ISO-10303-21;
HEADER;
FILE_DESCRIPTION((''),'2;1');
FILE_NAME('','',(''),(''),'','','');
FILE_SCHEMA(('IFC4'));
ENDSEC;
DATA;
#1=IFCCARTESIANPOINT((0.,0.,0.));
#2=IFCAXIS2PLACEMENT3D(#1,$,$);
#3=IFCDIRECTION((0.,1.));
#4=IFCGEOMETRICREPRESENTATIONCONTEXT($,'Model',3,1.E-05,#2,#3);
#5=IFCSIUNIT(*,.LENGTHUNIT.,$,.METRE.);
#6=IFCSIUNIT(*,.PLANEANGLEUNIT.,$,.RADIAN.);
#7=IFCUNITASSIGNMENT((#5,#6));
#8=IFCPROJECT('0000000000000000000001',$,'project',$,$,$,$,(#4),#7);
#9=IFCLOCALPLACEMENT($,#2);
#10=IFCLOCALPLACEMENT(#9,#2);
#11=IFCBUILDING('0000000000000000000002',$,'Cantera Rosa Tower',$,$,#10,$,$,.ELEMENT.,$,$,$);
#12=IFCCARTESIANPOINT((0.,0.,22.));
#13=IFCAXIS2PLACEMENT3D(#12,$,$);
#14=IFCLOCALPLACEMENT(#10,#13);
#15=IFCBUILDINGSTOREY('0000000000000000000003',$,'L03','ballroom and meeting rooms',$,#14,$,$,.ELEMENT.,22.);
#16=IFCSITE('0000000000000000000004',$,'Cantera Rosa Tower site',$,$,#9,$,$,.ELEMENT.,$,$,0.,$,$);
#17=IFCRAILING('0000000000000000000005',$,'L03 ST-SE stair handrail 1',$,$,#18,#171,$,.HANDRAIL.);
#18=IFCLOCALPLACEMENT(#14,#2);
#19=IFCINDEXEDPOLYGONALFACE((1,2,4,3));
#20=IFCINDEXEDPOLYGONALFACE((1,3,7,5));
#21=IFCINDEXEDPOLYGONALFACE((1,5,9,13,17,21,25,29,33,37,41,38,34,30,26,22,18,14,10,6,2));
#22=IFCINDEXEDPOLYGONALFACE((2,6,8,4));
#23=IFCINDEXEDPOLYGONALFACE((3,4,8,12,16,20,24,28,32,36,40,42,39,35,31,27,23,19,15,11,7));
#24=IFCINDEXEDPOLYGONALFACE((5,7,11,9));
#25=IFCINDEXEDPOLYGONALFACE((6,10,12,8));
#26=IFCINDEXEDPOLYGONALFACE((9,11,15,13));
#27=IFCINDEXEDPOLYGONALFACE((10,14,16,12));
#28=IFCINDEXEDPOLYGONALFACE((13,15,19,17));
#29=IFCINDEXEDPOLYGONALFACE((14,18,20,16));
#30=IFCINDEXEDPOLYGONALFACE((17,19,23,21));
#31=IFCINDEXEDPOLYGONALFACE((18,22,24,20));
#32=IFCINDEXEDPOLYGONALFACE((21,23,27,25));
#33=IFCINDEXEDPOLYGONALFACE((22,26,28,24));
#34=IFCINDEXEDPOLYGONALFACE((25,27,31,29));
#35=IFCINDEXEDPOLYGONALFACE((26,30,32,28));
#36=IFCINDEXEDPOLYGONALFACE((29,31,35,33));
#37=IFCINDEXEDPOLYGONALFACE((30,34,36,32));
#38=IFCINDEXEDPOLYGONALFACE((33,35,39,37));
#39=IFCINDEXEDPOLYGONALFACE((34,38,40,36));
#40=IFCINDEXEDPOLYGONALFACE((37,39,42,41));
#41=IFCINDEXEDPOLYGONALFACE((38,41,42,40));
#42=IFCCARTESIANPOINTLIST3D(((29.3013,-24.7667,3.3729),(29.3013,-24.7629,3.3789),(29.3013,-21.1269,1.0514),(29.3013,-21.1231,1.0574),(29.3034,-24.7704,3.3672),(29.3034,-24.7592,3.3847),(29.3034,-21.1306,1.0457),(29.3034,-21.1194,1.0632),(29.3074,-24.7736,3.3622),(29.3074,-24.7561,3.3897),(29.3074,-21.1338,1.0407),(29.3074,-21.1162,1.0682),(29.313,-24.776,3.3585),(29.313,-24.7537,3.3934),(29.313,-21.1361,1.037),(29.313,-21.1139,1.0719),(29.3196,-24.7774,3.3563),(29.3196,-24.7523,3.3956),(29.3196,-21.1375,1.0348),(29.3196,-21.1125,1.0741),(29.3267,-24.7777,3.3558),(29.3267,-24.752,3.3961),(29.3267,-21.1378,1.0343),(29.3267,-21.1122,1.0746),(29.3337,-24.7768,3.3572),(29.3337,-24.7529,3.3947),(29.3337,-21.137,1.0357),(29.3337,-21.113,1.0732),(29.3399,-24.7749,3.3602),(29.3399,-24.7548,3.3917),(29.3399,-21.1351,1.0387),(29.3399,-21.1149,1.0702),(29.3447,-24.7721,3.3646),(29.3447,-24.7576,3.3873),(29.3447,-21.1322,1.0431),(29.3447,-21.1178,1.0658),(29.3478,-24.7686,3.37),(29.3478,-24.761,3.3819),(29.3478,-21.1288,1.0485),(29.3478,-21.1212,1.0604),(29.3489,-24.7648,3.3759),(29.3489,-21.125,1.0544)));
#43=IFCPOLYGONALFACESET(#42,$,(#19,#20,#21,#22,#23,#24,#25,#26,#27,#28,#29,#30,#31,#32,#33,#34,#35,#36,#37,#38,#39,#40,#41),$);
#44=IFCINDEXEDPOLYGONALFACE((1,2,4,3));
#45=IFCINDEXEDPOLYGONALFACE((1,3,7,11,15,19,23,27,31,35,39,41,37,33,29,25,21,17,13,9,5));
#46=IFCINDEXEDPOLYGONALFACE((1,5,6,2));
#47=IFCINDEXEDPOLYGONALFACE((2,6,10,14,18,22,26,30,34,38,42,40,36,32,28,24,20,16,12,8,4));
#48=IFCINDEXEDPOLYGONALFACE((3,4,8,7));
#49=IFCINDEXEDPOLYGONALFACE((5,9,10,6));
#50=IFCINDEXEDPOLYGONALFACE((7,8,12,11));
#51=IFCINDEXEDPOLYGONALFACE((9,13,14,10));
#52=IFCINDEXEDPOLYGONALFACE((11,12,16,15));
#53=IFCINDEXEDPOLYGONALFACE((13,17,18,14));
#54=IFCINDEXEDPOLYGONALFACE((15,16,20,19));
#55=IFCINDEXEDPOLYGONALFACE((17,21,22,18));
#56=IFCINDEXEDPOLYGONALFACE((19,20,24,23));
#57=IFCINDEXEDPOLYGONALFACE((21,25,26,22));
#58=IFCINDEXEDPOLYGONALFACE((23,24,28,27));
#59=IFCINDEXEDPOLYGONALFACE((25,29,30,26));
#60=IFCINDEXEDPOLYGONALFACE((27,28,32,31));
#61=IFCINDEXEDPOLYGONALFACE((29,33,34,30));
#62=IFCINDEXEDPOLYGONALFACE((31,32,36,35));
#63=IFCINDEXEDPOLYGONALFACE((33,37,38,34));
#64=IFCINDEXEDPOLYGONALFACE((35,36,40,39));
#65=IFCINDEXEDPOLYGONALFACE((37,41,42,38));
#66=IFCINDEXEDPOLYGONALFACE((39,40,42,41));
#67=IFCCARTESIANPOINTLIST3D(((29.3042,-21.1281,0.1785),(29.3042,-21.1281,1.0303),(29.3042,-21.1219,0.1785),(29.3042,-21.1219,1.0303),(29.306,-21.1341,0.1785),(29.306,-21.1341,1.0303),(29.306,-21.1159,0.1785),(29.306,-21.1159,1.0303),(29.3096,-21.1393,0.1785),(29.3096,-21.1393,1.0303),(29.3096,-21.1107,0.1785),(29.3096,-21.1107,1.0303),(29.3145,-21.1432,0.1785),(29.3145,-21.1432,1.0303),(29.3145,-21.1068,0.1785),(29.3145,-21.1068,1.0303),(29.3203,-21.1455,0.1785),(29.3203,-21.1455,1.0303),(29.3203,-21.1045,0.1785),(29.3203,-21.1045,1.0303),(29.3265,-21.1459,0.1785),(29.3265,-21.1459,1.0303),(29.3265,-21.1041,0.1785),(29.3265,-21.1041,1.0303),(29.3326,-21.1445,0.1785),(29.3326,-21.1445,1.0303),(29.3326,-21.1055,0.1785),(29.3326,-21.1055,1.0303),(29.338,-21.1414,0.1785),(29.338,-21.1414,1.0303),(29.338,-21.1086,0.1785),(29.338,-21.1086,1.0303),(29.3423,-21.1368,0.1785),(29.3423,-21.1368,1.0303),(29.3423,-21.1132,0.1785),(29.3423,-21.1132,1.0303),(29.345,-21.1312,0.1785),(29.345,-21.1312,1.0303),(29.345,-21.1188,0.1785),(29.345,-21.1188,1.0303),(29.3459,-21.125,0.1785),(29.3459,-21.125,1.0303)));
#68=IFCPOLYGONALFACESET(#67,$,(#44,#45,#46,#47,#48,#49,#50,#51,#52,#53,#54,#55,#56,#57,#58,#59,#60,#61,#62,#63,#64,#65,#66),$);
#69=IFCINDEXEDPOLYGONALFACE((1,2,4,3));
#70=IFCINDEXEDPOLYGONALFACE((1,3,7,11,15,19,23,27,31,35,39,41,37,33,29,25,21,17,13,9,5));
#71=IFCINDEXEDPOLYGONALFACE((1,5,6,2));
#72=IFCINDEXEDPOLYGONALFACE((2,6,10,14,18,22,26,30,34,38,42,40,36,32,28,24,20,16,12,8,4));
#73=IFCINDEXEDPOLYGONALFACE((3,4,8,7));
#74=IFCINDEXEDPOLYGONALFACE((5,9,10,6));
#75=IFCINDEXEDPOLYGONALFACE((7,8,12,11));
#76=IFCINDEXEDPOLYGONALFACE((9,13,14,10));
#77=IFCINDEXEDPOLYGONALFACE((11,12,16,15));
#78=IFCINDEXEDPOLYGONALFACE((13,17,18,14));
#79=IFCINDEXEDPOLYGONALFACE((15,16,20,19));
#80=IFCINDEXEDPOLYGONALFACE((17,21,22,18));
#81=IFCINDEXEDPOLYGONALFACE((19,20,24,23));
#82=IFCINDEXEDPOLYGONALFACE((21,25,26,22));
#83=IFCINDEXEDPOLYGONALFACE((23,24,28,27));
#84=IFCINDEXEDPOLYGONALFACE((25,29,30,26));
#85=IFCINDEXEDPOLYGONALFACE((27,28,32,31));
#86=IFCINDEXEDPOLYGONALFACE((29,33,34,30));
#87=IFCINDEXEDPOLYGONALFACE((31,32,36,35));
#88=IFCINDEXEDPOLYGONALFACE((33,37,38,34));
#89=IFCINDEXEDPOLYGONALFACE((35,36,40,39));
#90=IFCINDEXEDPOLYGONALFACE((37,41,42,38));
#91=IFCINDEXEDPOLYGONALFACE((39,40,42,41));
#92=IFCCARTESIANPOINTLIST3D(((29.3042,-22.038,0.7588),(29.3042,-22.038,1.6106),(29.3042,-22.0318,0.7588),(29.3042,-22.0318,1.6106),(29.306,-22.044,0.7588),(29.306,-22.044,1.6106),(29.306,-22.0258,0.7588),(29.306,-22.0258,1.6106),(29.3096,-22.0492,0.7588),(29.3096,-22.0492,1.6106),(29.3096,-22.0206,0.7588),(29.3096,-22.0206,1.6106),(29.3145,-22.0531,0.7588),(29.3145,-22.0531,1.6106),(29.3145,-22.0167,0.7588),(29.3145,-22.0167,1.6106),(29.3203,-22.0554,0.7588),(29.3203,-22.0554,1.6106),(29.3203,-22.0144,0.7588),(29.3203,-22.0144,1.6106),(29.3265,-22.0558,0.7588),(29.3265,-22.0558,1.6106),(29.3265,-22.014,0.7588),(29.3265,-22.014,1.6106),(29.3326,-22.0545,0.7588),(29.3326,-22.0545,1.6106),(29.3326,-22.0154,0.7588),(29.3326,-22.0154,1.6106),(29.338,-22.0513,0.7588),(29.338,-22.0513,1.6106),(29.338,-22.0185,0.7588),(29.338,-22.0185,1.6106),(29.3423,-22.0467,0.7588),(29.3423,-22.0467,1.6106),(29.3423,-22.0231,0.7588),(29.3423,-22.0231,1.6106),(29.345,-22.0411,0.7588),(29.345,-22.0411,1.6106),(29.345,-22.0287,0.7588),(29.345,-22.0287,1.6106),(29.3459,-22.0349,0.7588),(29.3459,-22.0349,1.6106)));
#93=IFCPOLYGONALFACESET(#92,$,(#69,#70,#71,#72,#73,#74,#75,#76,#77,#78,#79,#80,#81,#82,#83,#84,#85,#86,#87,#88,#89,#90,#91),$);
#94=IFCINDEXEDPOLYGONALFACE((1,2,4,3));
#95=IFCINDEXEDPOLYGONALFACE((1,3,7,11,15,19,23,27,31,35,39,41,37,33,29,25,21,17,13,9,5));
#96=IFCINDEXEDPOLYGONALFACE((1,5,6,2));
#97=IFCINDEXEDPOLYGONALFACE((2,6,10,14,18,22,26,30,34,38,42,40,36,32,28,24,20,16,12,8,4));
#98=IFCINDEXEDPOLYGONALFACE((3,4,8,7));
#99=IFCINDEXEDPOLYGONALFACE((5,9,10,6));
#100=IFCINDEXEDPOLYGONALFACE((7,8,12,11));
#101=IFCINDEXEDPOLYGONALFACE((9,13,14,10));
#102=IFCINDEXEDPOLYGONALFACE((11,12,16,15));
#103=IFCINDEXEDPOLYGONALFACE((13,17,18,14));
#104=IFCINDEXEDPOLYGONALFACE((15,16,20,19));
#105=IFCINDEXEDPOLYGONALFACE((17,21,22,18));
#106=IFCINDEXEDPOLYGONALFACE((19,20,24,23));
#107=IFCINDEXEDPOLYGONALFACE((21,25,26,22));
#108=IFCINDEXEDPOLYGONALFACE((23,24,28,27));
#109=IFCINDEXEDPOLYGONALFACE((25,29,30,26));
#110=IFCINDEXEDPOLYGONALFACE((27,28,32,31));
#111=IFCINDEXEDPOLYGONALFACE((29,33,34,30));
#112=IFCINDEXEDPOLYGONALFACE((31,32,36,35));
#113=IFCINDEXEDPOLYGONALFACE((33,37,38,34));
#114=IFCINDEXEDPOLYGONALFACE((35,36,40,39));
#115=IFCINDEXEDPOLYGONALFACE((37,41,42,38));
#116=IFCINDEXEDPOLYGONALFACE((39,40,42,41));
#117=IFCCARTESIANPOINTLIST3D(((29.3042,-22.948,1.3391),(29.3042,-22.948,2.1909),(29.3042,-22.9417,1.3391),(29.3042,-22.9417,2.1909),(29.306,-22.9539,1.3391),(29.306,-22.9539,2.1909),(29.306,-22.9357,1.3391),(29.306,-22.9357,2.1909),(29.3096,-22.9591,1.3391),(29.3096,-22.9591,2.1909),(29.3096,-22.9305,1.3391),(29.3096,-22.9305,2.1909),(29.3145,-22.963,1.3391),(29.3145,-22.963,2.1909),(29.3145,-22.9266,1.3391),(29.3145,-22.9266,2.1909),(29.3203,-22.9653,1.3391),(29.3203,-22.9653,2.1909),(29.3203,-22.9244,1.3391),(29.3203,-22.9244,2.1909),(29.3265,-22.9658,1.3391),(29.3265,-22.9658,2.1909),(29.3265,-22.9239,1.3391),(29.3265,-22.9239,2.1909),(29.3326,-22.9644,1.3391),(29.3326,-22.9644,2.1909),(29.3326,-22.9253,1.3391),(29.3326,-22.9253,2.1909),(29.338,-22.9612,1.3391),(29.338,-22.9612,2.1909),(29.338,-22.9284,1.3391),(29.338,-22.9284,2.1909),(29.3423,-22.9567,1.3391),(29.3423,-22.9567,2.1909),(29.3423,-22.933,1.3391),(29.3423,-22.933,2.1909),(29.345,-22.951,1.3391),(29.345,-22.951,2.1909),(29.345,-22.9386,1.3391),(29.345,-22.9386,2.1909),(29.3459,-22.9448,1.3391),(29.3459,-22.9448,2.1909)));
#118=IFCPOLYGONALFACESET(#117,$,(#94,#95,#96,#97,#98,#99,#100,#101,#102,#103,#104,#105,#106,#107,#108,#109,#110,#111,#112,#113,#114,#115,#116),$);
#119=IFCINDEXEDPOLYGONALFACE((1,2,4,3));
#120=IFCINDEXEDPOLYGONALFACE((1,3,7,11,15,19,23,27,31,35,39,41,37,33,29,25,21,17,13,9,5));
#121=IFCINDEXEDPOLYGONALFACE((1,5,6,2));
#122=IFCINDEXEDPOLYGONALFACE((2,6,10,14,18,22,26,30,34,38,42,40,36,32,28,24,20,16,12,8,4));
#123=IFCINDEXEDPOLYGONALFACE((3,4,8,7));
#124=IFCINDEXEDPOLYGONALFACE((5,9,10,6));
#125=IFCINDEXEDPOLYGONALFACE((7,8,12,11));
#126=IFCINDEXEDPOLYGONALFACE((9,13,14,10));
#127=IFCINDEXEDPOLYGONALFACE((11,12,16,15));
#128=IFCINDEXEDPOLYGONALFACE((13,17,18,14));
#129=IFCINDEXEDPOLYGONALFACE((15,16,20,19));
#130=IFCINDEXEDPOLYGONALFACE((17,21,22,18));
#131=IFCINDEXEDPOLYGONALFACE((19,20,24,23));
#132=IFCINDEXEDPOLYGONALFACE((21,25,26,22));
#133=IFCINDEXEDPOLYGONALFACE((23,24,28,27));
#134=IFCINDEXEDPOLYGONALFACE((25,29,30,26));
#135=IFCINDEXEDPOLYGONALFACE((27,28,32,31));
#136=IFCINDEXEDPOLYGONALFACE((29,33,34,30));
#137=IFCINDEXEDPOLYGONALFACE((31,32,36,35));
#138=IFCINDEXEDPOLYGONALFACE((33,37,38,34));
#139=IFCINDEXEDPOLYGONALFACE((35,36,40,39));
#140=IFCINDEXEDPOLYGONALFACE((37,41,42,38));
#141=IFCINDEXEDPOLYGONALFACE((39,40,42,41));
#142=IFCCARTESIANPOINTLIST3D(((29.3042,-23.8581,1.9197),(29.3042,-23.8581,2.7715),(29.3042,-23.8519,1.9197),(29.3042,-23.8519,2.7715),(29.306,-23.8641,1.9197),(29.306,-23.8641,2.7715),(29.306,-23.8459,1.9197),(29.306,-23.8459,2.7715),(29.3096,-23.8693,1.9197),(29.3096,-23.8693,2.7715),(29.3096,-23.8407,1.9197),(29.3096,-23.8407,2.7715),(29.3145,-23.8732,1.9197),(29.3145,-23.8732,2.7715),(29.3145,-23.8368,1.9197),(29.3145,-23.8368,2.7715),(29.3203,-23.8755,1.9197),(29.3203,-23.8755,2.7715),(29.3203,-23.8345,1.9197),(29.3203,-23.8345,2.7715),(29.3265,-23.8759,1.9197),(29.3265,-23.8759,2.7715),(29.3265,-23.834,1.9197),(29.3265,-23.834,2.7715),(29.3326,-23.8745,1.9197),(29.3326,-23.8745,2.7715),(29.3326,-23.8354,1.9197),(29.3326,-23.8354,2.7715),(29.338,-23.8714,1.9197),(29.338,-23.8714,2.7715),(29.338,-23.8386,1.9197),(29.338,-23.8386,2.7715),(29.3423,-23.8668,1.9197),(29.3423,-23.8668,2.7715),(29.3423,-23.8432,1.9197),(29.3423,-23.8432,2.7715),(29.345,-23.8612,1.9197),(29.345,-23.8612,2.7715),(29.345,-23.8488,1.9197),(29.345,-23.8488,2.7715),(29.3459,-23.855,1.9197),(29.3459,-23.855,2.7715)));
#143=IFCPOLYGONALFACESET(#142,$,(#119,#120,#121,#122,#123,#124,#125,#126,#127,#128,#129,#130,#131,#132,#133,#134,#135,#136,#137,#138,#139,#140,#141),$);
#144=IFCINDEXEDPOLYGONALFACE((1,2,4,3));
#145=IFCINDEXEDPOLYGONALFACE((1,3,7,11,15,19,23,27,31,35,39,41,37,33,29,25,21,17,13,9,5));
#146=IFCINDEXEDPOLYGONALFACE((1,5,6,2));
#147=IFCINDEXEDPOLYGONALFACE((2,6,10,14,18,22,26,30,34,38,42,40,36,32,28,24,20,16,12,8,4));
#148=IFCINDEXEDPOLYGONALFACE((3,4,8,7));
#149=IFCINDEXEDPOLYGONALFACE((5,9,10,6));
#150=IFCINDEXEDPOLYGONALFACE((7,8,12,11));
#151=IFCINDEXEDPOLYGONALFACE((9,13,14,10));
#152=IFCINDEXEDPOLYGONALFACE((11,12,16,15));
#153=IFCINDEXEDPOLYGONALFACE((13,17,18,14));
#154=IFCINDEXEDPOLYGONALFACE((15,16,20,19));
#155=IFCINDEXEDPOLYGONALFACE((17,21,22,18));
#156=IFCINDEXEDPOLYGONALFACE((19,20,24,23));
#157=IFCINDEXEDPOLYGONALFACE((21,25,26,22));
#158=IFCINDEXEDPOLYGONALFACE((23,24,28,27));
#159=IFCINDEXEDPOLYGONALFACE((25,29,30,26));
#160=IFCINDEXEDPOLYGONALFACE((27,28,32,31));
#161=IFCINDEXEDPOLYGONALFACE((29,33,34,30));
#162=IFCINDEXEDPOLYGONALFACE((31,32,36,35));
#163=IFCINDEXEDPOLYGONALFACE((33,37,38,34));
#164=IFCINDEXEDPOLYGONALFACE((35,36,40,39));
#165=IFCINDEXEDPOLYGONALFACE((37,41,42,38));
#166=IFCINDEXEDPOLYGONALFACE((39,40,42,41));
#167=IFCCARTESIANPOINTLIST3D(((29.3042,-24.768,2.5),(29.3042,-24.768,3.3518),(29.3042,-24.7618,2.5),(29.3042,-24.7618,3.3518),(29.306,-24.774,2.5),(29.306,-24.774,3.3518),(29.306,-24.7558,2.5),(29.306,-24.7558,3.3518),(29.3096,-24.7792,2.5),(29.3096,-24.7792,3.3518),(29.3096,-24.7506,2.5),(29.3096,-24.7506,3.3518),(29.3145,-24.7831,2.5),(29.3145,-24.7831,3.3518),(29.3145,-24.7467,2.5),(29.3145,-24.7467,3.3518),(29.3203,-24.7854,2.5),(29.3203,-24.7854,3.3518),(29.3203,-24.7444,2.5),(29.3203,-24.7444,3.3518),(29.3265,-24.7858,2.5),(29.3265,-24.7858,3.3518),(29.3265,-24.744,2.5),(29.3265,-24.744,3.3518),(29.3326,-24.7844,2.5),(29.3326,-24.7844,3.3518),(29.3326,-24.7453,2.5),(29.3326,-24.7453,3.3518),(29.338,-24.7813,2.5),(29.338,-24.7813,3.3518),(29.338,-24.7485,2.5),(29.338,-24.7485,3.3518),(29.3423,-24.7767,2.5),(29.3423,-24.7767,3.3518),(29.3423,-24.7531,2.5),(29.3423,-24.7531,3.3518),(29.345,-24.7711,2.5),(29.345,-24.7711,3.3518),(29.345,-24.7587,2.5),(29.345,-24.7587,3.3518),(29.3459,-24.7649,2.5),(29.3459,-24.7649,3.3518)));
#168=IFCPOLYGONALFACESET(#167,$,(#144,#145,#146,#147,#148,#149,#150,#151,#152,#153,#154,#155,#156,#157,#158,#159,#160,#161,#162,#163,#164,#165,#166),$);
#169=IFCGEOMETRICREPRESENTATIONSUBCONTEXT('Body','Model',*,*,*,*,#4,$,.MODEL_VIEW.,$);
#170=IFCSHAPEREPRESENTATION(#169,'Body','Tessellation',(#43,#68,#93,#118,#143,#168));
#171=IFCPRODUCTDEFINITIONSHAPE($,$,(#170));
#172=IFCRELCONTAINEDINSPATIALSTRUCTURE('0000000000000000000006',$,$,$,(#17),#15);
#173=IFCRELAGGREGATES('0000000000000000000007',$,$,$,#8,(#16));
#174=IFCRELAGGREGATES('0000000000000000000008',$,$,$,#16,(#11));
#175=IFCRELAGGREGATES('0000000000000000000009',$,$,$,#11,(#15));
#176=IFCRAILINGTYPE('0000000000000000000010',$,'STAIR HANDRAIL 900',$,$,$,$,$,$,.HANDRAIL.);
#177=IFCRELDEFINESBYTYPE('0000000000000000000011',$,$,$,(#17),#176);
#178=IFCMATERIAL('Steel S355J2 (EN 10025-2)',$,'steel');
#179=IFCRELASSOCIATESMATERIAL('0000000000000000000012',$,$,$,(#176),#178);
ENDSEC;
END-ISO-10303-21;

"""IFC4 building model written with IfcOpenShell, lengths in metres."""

from ifc_helpers import new_model, si_unit, direction, frame, origin, origin_2d, place, context, subcontext, project, spatial, circle, extrude, material, type_object, element, save


model = new_model("IFC4")

# Units and contexts
model_context = context("Model", 3, precision=1e-05, world=origin(), true_north=direction((0.0, 1.0)))
body_context = subcontext(model_context, "Body", "Model", "MODEL_VIEW")
ifc_project = project(units=[si_unit("LENGTHUNIT", "METRE"), si_unit("PLANEANGLEUNIT", "RADIAN")], contexts=[model_context])

# Site, building, storey
site_placement = place(None, origin())
site = spatial("IfcSite", under=ifc_project, at=site_placement, Name="Cantera Rosa Tower site", CompositionType="ELEMENT", RefElevation=0.0)
building_placement = place(site_placement, origin())
building = spatial("IfcBuilding", under=site, at=building_placement, Name="Cantera Rosa Tower", CompositionType="ELEMENT")
storey_placement = place(building_placement, frame((0.0, 0.0, 22.0)))
storey = spatial("IfcBuildingStorey", under=building, at=storey_placement, Name="L03", Description="ballroom and meeting rooms", CompositionType="ELEMENT", Elevation=22.0)

# Railing
ifc_material_1 = material(Name="Steel S355J2 (EN 10025-2)", Category="steel")
railing_type_1 = type_object("IfcRailingType", Name="STAIR HANDRAIL 900", PredefinedType="HANDRAIL", material=ifc_material_1)
railing_1_placement = place(storey_placement, frame((29.325, -21.125, 0.1785)))
element("IfcRailing", 1, at=railing_1_placement, inside=storey, type_object=railing_type_1, Name="L03 ST-SE stair handrail 1", PredefinedType="HANDRAIL", context=body_context, shape_type="SweptSolid", body=[
    extrude(circle(Radius=0.0239, at=origin_2d()), frame((0.0, 0.0, 0.876), z_axis=(0.0, -0.843112, 0.537739), x_axis=(1.0, 0.0, 0.0)), (0.0, 0.0, 1.0), 4.3171),
    extrude(circle(Radius=0.021, at=origin_2d()), origin(), (0.0, 0.0, 1.0), 0.8518),
    extrude(circle(Radius=0.021, at=origin_2d()), frame((0.0, -0.9099, 0.5803)), (0.0, 0.0, 1.0), 0.8518),
    extrude(circle(Radius=0.021, at=origin_2d()), frame((0.0, -1.8198, 1.1606)), (0.0, 0.0, 1.0), 0.8518),
    extrude(circle(Radius=0.021, at=origin_2d()), frame((0.0, -2.73, 1.7412)), (0.0, 0.0, 1.0), 0.8518),
    extrude(circle(Radius=0.021, at=origin_2d()), frame((0.0, -3.6399, 2.3215)), (0.0, 0.0, 1.0), 0.8518),
])

save(model, "model.ifc")
